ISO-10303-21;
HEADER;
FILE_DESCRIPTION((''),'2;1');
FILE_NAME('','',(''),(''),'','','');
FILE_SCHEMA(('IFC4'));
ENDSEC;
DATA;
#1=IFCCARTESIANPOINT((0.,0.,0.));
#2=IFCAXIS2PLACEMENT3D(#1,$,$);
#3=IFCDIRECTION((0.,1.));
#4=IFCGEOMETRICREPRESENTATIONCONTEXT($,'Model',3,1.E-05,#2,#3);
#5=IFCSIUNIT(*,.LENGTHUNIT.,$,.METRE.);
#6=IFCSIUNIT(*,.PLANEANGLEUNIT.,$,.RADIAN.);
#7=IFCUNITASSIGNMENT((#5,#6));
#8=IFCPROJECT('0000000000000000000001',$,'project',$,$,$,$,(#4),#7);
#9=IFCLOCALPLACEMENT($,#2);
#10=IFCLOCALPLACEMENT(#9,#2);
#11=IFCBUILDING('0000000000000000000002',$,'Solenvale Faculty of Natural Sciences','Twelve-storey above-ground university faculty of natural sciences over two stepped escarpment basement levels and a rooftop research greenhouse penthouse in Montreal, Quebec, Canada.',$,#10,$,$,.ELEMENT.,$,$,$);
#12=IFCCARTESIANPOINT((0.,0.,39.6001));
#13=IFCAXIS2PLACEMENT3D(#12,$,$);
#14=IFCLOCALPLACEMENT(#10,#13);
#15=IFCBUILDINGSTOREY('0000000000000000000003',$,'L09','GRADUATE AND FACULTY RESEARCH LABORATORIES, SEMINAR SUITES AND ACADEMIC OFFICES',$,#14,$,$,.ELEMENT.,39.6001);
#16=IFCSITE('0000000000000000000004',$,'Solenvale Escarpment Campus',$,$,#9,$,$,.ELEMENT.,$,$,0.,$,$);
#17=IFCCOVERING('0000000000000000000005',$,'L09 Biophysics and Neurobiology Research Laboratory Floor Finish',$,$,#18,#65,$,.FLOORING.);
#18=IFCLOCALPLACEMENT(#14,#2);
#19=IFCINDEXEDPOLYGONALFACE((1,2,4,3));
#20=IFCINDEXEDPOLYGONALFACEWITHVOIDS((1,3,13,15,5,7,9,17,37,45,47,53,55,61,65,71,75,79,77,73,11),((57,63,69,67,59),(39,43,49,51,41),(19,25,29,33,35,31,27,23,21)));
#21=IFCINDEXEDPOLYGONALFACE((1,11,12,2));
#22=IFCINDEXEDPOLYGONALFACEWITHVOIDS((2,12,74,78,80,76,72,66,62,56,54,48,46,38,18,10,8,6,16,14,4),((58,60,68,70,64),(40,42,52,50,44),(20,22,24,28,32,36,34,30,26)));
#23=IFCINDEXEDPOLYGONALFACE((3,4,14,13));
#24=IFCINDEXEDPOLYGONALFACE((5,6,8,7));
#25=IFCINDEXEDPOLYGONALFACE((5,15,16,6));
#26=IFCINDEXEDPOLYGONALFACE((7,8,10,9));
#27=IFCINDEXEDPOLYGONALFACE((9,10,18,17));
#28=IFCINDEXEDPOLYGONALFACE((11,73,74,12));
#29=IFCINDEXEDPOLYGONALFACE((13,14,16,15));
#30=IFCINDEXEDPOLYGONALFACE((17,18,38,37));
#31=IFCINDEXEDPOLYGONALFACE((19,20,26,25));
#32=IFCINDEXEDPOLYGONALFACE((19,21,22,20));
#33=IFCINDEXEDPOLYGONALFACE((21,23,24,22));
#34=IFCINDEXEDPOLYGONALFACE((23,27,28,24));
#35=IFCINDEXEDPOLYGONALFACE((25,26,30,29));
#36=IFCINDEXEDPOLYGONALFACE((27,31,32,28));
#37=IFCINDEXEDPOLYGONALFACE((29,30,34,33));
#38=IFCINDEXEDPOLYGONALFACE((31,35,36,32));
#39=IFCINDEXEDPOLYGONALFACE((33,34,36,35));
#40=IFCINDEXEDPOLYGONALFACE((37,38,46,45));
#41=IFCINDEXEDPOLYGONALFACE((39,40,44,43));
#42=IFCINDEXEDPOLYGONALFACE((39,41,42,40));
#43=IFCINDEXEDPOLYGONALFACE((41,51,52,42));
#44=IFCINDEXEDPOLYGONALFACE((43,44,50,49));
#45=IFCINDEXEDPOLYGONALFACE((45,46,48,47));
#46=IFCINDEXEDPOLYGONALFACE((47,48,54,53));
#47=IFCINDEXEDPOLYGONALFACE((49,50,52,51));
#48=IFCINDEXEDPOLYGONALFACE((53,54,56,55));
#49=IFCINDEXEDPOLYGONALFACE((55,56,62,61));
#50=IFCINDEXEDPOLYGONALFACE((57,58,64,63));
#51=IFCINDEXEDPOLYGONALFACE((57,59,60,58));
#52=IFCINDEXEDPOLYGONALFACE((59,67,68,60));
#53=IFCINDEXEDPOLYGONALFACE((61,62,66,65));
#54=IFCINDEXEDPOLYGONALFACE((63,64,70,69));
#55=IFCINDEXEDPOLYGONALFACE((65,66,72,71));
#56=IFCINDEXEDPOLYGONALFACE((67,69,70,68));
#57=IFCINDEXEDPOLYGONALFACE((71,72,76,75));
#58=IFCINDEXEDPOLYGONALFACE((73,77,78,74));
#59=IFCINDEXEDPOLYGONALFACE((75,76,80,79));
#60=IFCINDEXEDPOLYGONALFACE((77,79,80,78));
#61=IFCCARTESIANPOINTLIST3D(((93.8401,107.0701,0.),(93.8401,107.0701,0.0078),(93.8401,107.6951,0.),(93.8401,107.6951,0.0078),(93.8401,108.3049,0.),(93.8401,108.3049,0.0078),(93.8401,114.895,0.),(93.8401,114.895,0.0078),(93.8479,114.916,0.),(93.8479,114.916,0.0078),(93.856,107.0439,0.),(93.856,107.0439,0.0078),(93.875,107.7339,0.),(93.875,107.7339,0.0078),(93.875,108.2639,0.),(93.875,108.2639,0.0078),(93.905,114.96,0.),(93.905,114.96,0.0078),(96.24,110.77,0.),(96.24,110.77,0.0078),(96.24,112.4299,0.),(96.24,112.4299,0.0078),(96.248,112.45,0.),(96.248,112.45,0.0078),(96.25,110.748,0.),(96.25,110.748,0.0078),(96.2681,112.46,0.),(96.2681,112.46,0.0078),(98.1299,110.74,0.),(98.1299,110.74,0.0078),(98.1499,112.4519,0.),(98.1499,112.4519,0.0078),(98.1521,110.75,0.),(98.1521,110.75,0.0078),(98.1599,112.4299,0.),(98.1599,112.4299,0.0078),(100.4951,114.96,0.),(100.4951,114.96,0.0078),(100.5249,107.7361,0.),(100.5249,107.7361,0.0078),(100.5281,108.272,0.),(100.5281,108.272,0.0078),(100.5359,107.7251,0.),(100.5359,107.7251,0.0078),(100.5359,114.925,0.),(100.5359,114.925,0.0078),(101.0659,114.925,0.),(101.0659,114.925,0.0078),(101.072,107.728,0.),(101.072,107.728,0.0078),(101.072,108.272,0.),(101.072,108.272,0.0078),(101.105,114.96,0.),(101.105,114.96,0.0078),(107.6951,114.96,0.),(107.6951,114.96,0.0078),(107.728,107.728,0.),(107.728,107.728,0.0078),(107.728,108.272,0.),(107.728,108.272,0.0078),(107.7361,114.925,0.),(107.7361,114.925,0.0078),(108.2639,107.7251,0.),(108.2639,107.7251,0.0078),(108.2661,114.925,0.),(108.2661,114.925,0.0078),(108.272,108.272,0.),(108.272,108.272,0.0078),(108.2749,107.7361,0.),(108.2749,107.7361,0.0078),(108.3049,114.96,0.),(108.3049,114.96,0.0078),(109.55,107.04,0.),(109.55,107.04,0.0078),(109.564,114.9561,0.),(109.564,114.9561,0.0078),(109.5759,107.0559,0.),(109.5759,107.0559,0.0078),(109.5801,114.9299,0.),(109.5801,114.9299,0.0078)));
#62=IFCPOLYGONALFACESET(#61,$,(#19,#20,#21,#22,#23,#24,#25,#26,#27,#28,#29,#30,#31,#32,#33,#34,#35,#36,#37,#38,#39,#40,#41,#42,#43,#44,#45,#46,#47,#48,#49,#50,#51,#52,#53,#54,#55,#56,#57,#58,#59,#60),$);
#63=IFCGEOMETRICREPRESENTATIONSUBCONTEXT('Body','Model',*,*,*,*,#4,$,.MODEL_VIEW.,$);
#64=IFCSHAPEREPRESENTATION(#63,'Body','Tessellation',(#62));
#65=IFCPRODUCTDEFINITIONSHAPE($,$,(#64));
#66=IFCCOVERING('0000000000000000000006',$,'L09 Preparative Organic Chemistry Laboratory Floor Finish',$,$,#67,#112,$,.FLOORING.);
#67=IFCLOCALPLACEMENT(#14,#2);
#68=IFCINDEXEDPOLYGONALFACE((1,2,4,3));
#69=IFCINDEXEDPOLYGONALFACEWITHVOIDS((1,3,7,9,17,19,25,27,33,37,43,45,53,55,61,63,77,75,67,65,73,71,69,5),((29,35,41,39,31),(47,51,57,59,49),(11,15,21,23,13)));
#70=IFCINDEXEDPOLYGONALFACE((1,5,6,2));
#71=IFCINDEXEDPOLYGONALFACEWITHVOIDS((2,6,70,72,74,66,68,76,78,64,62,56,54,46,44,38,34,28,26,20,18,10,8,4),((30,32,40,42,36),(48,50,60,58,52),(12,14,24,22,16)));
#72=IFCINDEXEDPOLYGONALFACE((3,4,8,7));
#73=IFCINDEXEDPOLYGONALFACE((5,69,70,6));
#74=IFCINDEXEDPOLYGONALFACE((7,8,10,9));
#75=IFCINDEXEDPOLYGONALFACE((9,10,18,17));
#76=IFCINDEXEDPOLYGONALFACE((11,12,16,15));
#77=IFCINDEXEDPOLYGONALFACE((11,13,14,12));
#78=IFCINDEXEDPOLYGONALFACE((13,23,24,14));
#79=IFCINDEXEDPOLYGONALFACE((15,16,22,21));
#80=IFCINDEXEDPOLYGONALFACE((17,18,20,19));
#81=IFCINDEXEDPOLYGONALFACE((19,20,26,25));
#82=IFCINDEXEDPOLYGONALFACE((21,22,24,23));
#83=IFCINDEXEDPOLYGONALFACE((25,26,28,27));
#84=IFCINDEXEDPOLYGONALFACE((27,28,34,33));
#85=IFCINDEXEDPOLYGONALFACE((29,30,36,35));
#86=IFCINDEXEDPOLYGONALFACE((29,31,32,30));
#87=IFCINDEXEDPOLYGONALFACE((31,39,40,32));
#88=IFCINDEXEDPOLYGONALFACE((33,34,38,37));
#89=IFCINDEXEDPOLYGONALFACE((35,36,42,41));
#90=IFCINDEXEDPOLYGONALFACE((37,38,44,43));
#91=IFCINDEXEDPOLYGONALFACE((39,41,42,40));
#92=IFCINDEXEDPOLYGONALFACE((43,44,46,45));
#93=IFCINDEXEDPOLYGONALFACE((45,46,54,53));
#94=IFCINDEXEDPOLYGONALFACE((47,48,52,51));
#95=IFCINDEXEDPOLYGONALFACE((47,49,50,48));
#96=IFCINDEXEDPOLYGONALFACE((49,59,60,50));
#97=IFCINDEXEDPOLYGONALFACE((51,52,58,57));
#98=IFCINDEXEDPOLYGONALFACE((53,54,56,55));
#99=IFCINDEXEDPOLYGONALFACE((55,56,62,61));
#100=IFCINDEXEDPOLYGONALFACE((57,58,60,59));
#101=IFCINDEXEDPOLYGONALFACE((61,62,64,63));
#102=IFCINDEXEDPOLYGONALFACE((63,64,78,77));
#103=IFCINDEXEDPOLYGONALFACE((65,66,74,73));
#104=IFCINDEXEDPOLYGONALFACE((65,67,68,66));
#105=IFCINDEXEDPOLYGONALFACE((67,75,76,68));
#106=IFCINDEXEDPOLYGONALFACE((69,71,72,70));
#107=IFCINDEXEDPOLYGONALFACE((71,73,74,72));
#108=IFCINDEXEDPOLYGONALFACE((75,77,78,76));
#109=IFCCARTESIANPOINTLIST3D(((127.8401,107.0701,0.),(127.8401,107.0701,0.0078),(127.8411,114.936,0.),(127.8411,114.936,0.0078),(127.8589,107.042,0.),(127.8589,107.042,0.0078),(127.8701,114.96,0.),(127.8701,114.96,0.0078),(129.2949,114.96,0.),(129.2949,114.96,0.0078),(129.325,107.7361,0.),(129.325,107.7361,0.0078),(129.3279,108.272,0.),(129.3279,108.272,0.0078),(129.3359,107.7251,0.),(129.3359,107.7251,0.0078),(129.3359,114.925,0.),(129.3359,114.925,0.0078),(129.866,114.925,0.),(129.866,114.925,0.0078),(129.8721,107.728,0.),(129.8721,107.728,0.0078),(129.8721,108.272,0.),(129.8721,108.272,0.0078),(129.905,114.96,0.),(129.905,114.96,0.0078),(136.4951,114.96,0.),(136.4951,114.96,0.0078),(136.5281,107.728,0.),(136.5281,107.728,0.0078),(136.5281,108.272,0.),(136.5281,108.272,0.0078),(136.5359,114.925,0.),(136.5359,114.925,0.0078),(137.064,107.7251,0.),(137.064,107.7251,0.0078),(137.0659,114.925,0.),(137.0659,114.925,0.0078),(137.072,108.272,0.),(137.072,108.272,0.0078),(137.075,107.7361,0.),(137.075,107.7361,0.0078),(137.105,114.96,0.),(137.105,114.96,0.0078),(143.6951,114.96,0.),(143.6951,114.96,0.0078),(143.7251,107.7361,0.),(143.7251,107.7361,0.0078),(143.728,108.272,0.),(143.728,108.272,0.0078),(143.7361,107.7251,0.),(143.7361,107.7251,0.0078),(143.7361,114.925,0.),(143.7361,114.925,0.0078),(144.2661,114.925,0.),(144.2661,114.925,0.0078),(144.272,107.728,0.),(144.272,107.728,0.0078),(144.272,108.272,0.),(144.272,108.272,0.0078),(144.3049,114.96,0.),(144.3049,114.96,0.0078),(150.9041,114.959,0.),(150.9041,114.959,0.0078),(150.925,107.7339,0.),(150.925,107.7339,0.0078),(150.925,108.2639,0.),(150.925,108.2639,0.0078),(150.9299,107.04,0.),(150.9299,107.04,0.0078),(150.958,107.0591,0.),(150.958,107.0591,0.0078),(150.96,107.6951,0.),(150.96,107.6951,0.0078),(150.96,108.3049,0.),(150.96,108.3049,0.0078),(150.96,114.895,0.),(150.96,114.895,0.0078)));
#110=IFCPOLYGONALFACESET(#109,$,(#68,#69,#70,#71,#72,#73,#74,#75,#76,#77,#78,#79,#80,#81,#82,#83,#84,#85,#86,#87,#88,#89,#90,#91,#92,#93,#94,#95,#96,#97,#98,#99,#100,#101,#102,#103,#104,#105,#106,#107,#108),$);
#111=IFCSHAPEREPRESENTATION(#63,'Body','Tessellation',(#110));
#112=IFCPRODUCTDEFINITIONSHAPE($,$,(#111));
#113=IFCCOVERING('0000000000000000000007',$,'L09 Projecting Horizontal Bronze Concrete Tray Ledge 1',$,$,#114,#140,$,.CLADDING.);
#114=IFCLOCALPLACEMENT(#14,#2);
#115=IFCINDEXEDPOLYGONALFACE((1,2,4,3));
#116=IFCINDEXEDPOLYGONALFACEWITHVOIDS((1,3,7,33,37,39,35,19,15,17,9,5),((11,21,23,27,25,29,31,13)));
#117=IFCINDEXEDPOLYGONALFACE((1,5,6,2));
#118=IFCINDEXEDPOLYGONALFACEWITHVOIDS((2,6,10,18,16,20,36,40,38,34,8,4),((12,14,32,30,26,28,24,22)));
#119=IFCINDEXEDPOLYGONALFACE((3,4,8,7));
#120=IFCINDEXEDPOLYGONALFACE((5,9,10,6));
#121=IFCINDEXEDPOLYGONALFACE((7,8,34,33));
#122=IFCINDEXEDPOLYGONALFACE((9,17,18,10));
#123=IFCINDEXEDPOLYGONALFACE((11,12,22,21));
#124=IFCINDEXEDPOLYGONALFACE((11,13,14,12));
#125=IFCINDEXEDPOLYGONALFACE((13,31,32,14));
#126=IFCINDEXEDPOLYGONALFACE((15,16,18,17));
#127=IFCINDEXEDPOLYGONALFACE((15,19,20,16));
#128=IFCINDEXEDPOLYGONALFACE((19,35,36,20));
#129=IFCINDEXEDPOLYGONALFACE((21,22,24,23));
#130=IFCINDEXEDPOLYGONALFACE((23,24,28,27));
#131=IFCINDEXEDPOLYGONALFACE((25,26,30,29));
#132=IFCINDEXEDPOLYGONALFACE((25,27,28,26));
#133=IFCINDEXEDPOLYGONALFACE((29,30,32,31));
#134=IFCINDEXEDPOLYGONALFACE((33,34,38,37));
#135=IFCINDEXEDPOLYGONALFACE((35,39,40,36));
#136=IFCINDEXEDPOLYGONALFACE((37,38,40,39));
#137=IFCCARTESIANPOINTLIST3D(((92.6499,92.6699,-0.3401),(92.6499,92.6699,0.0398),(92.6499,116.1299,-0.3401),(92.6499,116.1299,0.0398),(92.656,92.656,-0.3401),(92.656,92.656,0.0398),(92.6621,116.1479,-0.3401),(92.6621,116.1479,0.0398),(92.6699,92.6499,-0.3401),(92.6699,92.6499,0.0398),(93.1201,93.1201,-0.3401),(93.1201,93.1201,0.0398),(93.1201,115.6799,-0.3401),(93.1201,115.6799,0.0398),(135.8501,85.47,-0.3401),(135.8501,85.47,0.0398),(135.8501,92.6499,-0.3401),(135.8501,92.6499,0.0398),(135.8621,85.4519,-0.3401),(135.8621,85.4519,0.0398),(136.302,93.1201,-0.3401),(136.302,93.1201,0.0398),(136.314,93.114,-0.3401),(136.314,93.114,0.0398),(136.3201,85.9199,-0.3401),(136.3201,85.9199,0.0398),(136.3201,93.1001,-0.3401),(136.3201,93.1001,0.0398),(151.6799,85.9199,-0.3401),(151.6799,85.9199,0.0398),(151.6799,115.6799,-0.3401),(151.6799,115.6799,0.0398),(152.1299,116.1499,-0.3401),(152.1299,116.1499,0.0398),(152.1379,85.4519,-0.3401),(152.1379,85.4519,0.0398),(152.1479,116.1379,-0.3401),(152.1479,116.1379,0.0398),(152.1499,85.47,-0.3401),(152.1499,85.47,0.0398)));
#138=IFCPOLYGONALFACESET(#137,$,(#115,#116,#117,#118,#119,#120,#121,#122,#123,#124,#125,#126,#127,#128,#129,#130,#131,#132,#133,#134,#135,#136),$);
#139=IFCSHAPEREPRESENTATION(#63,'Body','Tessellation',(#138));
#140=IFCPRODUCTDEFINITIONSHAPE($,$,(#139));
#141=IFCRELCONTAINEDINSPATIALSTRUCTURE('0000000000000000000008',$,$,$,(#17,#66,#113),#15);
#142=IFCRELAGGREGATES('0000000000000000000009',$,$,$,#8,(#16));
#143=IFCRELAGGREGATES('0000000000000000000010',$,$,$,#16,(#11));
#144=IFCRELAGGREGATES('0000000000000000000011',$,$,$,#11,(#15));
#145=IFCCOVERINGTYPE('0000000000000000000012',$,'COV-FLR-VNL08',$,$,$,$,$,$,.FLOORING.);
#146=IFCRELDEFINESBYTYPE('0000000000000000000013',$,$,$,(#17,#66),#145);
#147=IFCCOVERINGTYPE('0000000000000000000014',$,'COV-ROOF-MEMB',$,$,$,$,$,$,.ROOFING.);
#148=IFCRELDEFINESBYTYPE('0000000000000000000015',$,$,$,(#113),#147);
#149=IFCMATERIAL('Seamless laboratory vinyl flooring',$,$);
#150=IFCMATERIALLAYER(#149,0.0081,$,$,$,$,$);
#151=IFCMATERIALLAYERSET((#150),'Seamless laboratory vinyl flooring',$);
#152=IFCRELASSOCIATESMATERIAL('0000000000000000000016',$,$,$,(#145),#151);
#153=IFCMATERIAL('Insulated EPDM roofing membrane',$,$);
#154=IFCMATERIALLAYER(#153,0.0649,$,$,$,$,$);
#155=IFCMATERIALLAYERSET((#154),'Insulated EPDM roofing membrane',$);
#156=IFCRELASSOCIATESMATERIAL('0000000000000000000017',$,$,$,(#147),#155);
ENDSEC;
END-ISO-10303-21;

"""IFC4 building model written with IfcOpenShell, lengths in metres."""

from ifc_helpers import new_model, si_unit, direction, frame, origin, place, context, subcontext, project, spatial, polyline, outline, extrude, material, layer, layer_set, type_object, element, save


model = new_model("IFC4")

# Units and contexts
model_context = context("Model", 3, precision=1e-05, world=origin(), true_north=direction((0.0, 1.0)))
body_context = subcontext(model_context, "Body", "Model", "MODEL_VIEW")
ifc_project = project(units=[si_unit("LENGTHUNIT", "METRE"), si_unit("PLANEANGLEUNIT", "RADIAN")], contexts=[model_context])

# Site, building, storey
site_placement = place(None, origin())
site = spatial("IfcSite", under=ifc_project, at=site_placement, Name="Solenvale Escarpment Campus", CompositionType="ELEMENT", RefElevation=0.0)
building_placement = place(site_placement, origin())
building = spatial("IfcBuilding", under=site, at=building_placement, Name="Solenvale Faculty of Natural Sciences", Description="Twelve-storey above-ground university faculty of natural sciences over two stepped escarpment basement levels and a rooftop research greenhouse penthouse in Montreal, Quebec, Canada.", CompositionType="ELEMENT")
storey_placement = place(building_placement, frame((0.0, 0.0, 39.6001)))
storey = spatial("IfcBuildingStorey", under=building, at=storey_placement, Name="L09", Description="GRADUATE AND FACULTY RESEARCH LABORATORIES, SEMINAR SUITES AND ACADEMIC OFFICES", CompositionType="ELEMENT", Elevation=39.6001)

# Coverings
ifc_material_1 = material(Name="Seamless laboratory vinyl flooring")
ifc_layer_1 = layer(ifc_material_1, 0.0081)
ifc_layer_set_1 = layer_set([ifc_layer_1], Name="Seamless laboratory vinyl flooring")
covering_type_1 = type_object("IfcCoveringType", Name="COV-FLR-VNL08", PredefinedType="FLOORING", material=ifc_layer_set_1)
covering_1_placement = place(storey_placement, origin())
element("IfcCovering", 1, at=covering_1_placement, inside=storey, type_object=covering_type_1, Name="L09 Biophysics and Neurobiology Research Laboratory Floor Finish", PredefinedType="FLOORING", context=body_context, shape_type="SweptSolid", body=[
    extrude(outline(polyline([(93.8401, 114.895), (93.8479, 114.916), (93.905, 114.96), (100.4951, 114.96), (100.5359, 114.925), (101.0659, 114.925), (101.105, 114.96), (107.6951, 114.96), (107.7361, 114.925), (108.2661, 114.925), (108.3049, 114.96), (109.564, 114.9561), (109.5801, 114.9299), (109.5759, 107.0559), (109.55, 107.04), (93.856, 107.0439), (93.8401, 107.0701), (93.8401, 107.6951), (93.875, 107.7339), (93.875, 108.2639), (93.8401, 108.3049), (93.8401, 114.895)]), holes=[polyline([(108.2639, 107.7251), (108.2749, 107.7361), (108.272, 108.272), (107.728, 108.272), (107.728, 107.728), (108.2639, 107.7251)]), polyline([(100.5249, 107.7361), (100.5359, 107.7251), (101.072, 107.728), (101.072, 108.272), (100.5281, 108.272), (100.5249, 107.7361)]), polyline([(96.2681, 112.46), (96.248, 112.45), (96.24, 112.4299), (96.24, 110.77), (96.25, 110.748), (98.1299, 110.74), (98.1521, 110.75), (98.1599, 112.4299), (98.1499, 112.4519), (96.2681, 112.46)])]), origin(), (0.0, 0.0, 1.0), 0.0078),
])
covering_2_placement = place(storey_placement, origin())
element("IfcCovering", 2, at=covering_2_placement, inside=storey, type_object=covering_type_1, Name="L09 Preparative Organic Chemistry Laboratory Floor Finish", PredefinedType="FLOORING", context=body_context, shape_type="SweptSolid", body=[
    extrude(outline(polyline([(129.2949, 114.96), (129.3359, 114.925), (129.866, 114.925), (129.905, 114.96), (136.4951, 114.96), (136.5359, 114.925), (137.0659, 114.925), (137.105, 114.96), (143.6951, 114.96), (143.7361, 114.925), (144.2661, 114.925), (144.3049, 114.96), (150.9041, 114.959), (150.96, 114.895), (150.96, 108.3049), (150.925, 108.2639), (150.925, 107.7339), (150.96, 107.6951), (150.958, 107.0591), (150.9299, 107.04), (127.8589, 107.042), (127.8401, 107.0701), (127.8411, 114.936), (127.8701, 114.96), (129.2949, 114.96)]), holes=[polyline([(143.7251, 107.7361), (143.7361, 107.7251), (144.272, 107.728), (144.272, 108.272), (143.728, 108.272), (143.7251, 107.7361)]), polyline([(137.064, 107.7251), (137.075, 107.7361), (137.072, 108.272), (136.5281, 108.272), (136.5281, 107.728), (137.064, 107.7251)]), polyline([(129.325, 107.7361), (129.3359, 107.7251), (129.8721, 107.728), (129.8721, 108.272), (129.3279, 108.272), (129.325, 107.7361)])]), origin(), (0.0, 0.0, 1.0), 0.0078),
])
ifc_material_2 = material(Name="Insulated EPDM roofing membrane")
ifc_layer_2 = layer(ifc_material_2, 0.0649)
ifc_layer_set_2 = layer_set([ifc_layer_2], Name="Insulated EPDM roofing membrane")
covering_type_2 = type_object("IfcCoveringType", Name="COV-ROOF-MEMB", PredefinedType="ROOFING", material=ifc_layer_set_2)
covering_3_placement = place(storey_placement, frame((0.0, 0.0, -0.3401)))
element("IfcCovering", 3, at=covering_3_placement, inside=storey, type_object=covering_type_2, Name="L09 Projecting Horizontal Bronze Concrete Tray Ledge 1", PredefinedType="CLADDING", context=body_context, shape_type="SweptSolid", body=[
    extrude(outline(polyline([(92.6699, 92.6499), (92.656, 92.656), (92.6499, 92.6699), (92.6499, 116.1299), (92.6621, 116.1479), (152.1299, 116.1499), (152.1479, 116.1379), (152.1499, 85.47), (152.1379, 85.4519), (135.8621, 85.4519), (135.8501, 85.47), (135.8501, 92.6499), (92.6699, 92.6499)]), holes=[polyline([(93.1201, 93.1201), (136.302, 93.1201), (136.314, 93.114), (136.3201, 93.1001), (136.3201, 85.9199), (151.6799, 85.9199), (151.6799, 115.6799), (93.1201, 115.6799), (93.1201, 93.1201)])]), origin(), (0.0, 0.0, 1.0), 0.3799),
])

save(model, "model.ifc")
